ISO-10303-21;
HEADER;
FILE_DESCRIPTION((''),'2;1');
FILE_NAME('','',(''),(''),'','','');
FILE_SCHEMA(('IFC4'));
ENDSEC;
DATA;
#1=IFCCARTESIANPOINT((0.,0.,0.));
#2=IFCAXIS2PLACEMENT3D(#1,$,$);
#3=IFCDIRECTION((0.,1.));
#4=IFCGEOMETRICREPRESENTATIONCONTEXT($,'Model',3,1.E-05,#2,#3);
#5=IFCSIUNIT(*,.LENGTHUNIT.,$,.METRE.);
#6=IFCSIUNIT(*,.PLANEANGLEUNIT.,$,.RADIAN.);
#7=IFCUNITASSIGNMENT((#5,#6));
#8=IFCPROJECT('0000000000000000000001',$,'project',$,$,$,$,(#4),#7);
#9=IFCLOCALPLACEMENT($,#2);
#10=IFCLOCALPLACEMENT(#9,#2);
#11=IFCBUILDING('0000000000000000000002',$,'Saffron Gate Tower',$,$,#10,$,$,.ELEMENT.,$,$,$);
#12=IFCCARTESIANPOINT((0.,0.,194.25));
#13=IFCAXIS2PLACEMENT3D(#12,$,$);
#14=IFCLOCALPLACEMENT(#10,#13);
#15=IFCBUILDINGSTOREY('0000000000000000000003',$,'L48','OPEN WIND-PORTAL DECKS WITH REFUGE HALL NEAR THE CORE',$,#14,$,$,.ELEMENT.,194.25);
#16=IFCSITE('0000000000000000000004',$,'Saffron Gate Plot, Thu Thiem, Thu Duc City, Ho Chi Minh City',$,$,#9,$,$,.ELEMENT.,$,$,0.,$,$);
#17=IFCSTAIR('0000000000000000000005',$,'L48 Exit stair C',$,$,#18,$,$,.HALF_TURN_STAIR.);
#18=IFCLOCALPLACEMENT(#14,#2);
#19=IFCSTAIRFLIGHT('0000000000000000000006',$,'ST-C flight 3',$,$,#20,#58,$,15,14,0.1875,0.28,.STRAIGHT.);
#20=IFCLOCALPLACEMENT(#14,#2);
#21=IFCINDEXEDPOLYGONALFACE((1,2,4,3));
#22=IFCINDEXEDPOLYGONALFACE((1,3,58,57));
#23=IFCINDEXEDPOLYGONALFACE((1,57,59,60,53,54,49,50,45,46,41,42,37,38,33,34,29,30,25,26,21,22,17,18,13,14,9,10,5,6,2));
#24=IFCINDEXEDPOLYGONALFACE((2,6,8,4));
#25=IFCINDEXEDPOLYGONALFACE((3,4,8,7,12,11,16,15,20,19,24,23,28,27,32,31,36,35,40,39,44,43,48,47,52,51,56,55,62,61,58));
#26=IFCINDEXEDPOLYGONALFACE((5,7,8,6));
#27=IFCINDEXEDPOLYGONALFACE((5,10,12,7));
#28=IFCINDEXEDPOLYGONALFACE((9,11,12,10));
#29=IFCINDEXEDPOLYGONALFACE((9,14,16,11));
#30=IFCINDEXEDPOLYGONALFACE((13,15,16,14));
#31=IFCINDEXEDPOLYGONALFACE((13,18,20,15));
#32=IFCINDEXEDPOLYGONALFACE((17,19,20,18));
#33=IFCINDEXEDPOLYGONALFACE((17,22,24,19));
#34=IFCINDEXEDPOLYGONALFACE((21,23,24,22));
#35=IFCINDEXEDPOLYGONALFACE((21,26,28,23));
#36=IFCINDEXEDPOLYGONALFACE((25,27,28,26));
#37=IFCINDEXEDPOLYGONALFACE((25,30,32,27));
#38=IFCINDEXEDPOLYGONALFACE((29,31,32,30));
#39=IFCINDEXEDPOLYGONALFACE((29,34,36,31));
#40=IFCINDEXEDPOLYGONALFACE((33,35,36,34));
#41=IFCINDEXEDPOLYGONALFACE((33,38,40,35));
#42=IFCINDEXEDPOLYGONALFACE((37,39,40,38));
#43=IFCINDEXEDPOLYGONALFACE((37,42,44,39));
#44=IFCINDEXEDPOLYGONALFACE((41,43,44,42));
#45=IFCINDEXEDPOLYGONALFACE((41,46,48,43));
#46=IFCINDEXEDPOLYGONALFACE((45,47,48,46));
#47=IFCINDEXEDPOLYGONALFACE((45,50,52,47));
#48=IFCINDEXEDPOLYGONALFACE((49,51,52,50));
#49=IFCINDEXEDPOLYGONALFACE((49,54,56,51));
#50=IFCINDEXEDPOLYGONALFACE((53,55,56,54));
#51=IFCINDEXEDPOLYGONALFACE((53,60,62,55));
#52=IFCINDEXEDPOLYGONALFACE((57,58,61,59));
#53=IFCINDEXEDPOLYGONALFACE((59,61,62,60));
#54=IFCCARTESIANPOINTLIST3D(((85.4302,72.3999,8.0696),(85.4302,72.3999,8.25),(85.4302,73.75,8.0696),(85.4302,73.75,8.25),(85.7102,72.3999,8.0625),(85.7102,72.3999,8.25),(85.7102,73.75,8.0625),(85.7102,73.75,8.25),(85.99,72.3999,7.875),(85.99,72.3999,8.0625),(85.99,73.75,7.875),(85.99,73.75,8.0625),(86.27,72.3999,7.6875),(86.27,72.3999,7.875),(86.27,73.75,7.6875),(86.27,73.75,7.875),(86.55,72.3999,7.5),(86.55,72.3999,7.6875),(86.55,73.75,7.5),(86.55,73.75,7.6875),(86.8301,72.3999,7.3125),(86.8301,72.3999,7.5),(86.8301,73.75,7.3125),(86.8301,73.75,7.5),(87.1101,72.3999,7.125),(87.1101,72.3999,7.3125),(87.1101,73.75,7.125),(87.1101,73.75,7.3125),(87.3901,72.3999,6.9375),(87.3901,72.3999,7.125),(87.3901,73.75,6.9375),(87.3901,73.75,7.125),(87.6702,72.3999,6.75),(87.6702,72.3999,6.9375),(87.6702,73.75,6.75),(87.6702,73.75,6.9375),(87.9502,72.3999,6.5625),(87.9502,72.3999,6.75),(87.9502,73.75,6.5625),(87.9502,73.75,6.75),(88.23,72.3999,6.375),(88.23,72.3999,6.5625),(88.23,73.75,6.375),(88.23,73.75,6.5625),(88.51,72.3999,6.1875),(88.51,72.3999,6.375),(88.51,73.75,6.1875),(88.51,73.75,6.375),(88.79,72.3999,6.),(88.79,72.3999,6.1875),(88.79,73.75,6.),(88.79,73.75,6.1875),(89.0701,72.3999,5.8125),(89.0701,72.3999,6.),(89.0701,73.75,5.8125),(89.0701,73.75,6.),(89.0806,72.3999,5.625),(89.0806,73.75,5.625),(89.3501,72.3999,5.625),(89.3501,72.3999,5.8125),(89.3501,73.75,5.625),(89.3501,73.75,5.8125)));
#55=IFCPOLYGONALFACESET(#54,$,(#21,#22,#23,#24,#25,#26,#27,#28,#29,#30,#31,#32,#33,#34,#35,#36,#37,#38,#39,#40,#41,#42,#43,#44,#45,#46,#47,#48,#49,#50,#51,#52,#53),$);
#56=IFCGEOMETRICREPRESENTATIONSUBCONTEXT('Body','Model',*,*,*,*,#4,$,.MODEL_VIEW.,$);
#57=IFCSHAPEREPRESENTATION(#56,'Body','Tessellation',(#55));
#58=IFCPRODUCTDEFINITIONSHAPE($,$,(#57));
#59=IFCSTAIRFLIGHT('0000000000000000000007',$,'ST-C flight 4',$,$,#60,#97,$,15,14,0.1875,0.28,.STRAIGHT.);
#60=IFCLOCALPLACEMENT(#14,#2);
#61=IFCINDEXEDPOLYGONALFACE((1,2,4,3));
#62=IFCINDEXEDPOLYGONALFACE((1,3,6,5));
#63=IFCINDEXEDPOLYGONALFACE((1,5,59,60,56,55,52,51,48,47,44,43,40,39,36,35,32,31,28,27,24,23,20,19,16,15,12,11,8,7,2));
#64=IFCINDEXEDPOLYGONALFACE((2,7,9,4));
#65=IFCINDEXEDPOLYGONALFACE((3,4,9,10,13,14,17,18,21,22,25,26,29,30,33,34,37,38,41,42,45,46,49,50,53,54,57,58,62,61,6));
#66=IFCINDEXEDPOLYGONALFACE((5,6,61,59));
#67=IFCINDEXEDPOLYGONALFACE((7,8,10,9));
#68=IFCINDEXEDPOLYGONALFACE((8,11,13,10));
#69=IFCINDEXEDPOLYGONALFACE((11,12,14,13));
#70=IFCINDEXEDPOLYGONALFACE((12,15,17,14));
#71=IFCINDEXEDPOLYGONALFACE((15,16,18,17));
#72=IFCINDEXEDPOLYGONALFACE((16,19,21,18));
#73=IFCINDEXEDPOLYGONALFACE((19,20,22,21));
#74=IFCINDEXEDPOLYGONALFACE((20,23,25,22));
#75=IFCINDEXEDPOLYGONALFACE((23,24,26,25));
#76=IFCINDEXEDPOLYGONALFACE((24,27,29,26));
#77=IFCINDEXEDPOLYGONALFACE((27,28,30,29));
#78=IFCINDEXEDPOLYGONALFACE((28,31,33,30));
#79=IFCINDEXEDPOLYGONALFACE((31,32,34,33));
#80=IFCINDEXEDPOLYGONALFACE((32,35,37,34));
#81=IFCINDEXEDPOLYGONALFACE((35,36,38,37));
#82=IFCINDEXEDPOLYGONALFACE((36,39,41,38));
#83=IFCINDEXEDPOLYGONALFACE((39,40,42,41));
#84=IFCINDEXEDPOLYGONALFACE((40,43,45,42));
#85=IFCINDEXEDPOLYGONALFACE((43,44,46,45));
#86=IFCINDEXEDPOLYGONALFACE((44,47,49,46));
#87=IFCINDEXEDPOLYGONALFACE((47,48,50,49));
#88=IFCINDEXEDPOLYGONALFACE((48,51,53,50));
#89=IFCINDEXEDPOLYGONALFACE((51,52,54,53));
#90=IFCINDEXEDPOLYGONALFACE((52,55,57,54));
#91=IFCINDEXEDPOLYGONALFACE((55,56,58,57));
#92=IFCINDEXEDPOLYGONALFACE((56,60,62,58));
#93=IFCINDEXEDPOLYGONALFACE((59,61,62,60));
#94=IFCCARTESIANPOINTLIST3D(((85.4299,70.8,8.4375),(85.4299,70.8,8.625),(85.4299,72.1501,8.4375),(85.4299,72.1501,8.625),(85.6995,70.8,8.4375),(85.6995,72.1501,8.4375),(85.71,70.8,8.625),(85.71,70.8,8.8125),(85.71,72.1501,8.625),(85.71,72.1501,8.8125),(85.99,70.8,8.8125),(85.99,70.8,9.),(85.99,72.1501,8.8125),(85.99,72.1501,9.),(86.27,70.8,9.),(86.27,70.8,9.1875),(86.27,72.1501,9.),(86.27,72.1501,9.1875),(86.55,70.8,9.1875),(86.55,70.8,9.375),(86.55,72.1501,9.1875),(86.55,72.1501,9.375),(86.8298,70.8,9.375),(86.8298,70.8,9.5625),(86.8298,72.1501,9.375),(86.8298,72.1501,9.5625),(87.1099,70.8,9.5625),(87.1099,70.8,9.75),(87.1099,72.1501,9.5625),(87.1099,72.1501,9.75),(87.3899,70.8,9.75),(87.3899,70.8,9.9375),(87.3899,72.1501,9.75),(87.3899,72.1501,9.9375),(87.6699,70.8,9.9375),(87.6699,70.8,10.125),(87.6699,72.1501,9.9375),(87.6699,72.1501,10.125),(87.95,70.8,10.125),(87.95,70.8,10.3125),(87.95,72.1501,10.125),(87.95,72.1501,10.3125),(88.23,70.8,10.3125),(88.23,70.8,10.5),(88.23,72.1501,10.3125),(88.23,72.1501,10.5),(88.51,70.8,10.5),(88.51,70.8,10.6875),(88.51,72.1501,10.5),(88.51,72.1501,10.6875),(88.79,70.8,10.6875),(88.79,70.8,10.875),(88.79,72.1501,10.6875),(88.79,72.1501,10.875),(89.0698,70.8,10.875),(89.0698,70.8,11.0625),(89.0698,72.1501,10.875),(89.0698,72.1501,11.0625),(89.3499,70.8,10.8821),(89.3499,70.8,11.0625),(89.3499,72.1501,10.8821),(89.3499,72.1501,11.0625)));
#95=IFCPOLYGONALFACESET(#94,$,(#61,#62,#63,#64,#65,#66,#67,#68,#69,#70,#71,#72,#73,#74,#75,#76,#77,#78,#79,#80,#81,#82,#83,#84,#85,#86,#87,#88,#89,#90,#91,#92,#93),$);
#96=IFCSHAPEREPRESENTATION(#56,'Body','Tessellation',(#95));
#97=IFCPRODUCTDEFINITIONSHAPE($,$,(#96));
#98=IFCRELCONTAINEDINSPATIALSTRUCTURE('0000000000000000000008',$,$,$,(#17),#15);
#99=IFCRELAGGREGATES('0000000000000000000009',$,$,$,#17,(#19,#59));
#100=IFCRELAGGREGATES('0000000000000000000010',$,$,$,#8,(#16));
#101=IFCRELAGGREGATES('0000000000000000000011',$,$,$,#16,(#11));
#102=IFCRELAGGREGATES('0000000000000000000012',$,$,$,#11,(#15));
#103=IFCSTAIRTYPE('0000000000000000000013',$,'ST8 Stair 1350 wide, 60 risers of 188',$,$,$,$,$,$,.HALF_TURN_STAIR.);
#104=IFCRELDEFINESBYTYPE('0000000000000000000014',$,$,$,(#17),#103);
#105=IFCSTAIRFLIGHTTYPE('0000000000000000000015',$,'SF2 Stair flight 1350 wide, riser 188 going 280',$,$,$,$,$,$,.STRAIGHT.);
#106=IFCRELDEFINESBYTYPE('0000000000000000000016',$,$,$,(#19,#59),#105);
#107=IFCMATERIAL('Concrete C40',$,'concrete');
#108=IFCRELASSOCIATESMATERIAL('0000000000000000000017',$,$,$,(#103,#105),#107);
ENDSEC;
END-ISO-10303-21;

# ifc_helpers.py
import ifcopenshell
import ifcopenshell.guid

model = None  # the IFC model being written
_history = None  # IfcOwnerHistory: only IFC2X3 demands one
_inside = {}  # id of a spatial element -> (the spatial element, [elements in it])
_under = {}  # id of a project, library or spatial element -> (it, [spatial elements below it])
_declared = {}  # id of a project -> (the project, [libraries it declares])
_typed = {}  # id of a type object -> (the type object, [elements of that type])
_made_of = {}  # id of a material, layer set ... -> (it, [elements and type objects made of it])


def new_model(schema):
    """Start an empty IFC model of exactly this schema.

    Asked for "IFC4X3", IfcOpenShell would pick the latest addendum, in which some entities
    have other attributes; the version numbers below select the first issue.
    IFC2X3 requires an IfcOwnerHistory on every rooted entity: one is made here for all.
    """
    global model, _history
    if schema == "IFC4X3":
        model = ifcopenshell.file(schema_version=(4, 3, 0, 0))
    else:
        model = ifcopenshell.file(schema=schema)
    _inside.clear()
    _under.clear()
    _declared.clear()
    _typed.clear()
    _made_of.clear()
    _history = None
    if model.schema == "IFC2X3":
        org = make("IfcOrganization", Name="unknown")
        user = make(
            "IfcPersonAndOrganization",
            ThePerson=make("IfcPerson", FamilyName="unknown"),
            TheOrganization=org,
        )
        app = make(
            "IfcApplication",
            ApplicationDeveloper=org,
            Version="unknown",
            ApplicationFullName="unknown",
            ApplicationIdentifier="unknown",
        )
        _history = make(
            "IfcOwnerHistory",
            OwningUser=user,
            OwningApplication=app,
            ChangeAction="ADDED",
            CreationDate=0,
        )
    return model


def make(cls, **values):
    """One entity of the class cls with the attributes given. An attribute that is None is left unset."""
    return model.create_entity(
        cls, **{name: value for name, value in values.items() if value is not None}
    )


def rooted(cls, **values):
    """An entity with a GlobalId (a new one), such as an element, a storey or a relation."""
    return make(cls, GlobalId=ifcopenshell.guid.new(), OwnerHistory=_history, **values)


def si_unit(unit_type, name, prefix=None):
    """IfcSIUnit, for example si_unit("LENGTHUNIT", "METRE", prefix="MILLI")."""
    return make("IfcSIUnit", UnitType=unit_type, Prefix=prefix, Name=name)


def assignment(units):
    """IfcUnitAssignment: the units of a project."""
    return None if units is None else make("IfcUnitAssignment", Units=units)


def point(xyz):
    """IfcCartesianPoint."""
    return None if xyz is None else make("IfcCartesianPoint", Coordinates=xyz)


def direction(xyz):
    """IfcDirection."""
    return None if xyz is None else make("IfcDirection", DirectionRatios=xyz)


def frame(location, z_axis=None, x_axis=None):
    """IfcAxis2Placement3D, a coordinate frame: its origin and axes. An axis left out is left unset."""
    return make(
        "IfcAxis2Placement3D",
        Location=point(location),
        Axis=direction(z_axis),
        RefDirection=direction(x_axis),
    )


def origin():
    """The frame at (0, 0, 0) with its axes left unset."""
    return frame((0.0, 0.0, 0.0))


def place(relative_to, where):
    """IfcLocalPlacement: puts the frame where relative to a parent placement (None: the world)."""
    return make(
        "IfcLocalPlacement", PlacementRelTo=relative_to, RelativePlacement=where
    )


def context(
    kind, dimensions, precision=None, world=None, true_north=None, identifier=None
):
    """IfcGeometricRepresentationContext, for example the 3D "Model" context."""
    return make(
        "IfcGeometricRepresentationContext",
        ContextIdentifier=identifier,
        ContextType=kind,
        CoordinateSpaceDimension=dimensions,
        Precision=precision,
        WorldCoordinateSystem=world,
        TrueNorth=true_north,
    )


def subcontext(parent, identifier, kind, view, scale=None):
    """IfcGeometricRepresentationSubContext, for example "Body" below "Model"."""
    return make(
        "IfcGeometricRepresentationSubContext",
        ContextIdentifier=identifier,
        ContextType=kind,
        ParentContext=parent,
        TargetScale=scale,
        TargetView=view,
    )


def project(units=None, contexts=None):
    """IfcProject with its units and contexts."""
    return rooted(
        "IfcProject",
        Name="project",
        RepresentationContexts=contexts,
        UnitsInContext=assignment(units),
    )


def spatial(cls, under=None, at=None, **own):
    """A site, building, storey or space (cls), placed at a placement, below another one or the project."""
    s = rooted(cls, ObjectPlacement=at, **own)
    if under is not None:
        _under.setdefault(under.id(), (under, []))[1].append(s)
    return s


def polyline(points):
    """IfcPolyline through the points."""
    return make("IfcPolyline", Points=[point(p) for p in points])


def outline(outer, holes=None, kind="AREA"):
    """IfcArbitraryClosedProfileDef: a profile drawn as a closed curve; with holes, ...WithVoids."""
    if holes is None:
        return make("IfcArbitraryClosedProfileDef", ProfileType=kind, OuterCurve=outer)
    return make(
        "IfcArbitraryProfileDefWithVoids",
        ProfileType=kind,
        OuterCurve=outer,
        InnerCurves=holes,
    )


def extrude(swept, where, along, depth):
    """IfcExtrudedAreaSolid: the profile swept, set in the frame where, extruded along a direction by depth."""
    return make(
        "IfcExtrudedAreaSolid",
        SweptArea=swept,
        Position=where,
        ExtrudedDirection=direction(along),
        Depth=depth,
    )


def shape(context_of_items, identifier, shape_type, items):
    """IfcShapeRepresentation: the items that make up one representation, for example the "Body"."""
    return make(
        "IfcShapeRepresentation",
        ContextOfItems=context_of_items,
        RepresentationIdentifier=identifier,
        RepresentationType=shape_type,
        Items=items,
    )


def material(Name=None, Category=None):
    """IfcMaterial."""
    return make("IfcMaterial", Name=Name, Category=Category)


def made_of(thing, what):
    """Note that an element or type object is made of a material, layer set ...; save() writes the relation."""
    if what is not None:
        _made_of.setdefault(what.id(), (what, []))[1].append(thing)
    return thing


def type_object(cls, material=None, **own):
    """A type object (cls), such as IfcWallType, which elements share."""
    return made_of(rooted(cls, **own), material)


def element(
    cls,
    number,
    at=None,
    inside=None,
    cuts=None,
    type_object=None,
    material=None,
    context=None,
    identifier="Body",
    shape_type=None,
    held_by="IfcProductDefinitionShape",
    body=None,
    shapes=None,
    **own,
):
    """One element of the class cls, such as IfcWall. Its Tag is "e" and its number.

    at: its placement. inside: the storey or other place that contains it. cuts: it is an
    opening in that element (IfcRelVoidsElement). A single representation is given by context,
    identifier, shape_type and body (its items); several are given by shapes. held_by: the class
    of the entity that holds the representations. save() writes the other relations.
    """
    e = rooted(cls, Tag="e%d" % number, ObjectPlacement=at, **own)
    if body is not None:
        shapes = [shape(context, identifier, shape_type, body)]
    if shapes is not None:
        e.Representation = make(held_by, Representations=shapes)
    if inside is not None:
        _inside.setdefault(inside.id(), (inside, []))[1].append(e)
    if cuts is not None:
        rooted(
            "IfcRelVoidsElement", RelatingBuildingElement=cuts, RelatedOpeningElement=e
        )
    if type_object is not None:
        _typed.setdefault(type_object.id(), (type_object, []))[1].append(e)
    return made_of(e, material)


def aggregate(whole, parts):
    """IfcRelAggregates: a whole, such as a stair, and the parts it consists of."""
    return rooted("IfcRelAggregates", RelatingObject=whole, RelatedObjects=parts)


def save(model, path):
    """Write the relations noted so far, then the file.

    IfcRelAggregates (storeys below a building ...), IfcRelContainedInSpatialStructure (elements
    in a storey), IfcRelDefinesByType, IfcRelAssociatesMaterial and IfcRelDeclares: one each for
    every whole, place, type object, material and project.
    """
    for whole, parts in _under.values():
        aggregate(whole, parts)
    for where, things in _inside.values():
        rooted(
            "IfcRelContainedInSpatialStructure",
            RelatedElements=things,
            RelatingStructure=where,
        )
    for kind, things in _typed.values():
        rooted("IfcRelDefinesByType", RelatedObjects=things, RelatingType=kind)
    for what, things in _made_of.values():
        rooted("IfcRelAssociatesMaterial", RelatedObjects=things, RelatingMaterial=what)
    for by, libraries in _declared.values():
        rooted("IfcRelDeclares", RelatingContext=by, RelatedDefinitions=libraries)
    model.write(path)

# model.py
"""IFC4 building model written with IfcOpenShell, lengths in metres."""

from ifc_helpers import new_model, si_unit, direction, frame, origin, place, context, subcontext, project, spatial, polyline, outline, extrude, material, type_object, element, aggregate, save


model = new_model("IFC4")

# Units and contexts
model_context = context("Model", 3, precision=1e-05, world=origin(), true_north=direction((0.0, 1.0)))
body_context = subcontext(model_context, "Body", "Model", "MODEL_VIEW")
ifc_project = project(units=[si_unit("LENGTHUNIT", "METRE"), si_unit("PLANEANGLEUNIT", "RADIAN")], contexts=[model_context])

# Site, building, storey
site_placement = place(None, origin())
site = spatial("IfcSite", under=ifc_project, at=site_placement, Name="Saffron Gate Plot, Thu Thiem, Thu Duc City, Ho Chi Minh City", CompositionType="ELEMENT", RefElevation=0.0)
building_placement = place(site_placement, origin())
building = spatial("IfcBuilding", under=site, at=building_placement, Name="Saffron Gate Tower", CompositionType="ELEMENT")
storey_placement = place(building_placement, frame((0.0, 0.0, 194.25)))
storey = spatial("IfcBuildingStorey", under=building, at=storey_placement, Name="L48", Description="OPEN WIND-PORTAL DECKS WITH REFUGE HALL NEAR THE CORE", CompositionType="ELEMENT", Elevation=194.25)

# Stair, stair flights
ifc_material_1 = material(Name="Concrete C40", Category="concrete")
stair_type = type_object("IfcStairType", Name="ST8 Stair 1350 wide, 60 risers of 188", PredefinedType="HALF_TURN_STAIR", material=ifc_material_1)
stair_placement = place(storey_placement, origin())
stair = element("IfcStair", 1, at=stair_placement, inside=storey, type_object=stair_type, Name="L48 Exit stair C", PredefinedType="HALF_TURN_STAIR")
stair_flight_type = type_object("IfcStairFlightType", Name="SF2 Stair flight 1350 wide, riser 188 going 280", PredefinedType="STRAIGHT", material=ifc_material_1)
stair_flight_1_placement = place(storey_placement, frame((89.3501, 73.075, 5.625), z_axis=(0.0, 0.0, 1.0), x_axis=(-1.0, 0.0, 0.0)))
stair_flight_1 = element("IfcStairFlight", 2, at=stair_flight_1_placement, type_object=stair_flight_type, Name="ST-C flight 3", NumberOfRisers=15, NumberOfTreads=14, PredefinedType="STRAIGHT", RiserHeight=0.1875, TreadLength=0.28, context=body_context, shape_type="SweptSolid", body=[
    extrude(outline(polyline([(0.0, 0.0), (0.0, 0.1875), (0.28, 0.1875), (0.28, 0.375), (0.5601, 0.375), (0.5601, 0.5625), (0.8401, 0.5625), (0.8401, 0.75), (1.1201, 0.75), (1.1201, 0.9375), (1.3999, 0.9375), (1.3999, 1.125), (1.6799, 1.125), (1.6799, 1.3125), (1.96, 1.3125), (1.96, 1.5), (2.24, 1.5), (2.24, 1.6875), (2.52, 1.6875), (2.52, 1.875), (2.8, 1.875), (2.8, 2.0625), (3.0801, 2.0625), (3.0801, 2.25), (3.3601, 2.25), (3.3601, 2.4375), (3.6399, 2.4375), (3.6399, 2.625), (3.9199, 2.625), (3.9199, 2.8125), (3.9199, 2.4446), (0.2695, 0.0), (0.0, 0.0)])), frame((0.0, 0.675, 0.0), z_axis=(0.0, -1.0, 0.0), x_axis=(1.0, 0.0, 0.0)), (0.0, 0.0, 1.0), 1.3501),
])
stair_flight_2_placement = place(storey_placement, frame((85.4299, 71.4751, 8.4375), z_axis=(0.0, 0.0, 1.0), x_axis=(1.0, 0.0, 0.0)))
stair_flight_2 = element("IfcStairFlight", 3, at=stair_flight_2_placement, type_object=stair_flight_type, Name="ST-C flight 4", NumberOfRisers=15, NumberOfTreads=14, PredefinedType="STRAIGHT", RiserHeight=0.1875, TreadLength=0.28, context=body_context, shape_type="SweptSolid", body=[
    extrude(outline(polyline([(0.0, 0.0), (0.0, 0.1875), (0.28, 0.1875), (0.28, 0.375), (0.5601, 0.375), (0.5601, 0.5625), (0.8401, 0.5625), (0.8401, 0.75), (1.1201, 0.75), (1.1201, 0.9375), (1.3999, 0.9375), (1.3999, 1.125), (1.6799, 1.125), (1.6799, 1.3125), (1.96, 1.3125), (1.96, 1.5), (2.24, 1.5), (2.24, 1.6875), (2.52, 1.6875), (2.52, 1.875), (2.8, 1.875), (2.8, 2.0625), (3.0801, 2.0625), (3.0801, 2.25), (3.3601, 2.25), (3.3601, 2.4375), (3.6399, 2.4375), (3.6399, 2.625), (3.9199, 2.625), (3.9199, 2.8125), (3.9199, 2.4446), (0.2695, 0.0), (0.0, 0.0)])), frame((0.0, 0.675, 0.0), z_axis=(0.0, -1.0, 0.0), x_axis=(1.0, 0.0, 0.0)), (0.0, 0.0, 1.0), 1.3501),
])
aggregate(stair, [stair_flight_1, stair_flight_2])

save(model, "model.ifc")
